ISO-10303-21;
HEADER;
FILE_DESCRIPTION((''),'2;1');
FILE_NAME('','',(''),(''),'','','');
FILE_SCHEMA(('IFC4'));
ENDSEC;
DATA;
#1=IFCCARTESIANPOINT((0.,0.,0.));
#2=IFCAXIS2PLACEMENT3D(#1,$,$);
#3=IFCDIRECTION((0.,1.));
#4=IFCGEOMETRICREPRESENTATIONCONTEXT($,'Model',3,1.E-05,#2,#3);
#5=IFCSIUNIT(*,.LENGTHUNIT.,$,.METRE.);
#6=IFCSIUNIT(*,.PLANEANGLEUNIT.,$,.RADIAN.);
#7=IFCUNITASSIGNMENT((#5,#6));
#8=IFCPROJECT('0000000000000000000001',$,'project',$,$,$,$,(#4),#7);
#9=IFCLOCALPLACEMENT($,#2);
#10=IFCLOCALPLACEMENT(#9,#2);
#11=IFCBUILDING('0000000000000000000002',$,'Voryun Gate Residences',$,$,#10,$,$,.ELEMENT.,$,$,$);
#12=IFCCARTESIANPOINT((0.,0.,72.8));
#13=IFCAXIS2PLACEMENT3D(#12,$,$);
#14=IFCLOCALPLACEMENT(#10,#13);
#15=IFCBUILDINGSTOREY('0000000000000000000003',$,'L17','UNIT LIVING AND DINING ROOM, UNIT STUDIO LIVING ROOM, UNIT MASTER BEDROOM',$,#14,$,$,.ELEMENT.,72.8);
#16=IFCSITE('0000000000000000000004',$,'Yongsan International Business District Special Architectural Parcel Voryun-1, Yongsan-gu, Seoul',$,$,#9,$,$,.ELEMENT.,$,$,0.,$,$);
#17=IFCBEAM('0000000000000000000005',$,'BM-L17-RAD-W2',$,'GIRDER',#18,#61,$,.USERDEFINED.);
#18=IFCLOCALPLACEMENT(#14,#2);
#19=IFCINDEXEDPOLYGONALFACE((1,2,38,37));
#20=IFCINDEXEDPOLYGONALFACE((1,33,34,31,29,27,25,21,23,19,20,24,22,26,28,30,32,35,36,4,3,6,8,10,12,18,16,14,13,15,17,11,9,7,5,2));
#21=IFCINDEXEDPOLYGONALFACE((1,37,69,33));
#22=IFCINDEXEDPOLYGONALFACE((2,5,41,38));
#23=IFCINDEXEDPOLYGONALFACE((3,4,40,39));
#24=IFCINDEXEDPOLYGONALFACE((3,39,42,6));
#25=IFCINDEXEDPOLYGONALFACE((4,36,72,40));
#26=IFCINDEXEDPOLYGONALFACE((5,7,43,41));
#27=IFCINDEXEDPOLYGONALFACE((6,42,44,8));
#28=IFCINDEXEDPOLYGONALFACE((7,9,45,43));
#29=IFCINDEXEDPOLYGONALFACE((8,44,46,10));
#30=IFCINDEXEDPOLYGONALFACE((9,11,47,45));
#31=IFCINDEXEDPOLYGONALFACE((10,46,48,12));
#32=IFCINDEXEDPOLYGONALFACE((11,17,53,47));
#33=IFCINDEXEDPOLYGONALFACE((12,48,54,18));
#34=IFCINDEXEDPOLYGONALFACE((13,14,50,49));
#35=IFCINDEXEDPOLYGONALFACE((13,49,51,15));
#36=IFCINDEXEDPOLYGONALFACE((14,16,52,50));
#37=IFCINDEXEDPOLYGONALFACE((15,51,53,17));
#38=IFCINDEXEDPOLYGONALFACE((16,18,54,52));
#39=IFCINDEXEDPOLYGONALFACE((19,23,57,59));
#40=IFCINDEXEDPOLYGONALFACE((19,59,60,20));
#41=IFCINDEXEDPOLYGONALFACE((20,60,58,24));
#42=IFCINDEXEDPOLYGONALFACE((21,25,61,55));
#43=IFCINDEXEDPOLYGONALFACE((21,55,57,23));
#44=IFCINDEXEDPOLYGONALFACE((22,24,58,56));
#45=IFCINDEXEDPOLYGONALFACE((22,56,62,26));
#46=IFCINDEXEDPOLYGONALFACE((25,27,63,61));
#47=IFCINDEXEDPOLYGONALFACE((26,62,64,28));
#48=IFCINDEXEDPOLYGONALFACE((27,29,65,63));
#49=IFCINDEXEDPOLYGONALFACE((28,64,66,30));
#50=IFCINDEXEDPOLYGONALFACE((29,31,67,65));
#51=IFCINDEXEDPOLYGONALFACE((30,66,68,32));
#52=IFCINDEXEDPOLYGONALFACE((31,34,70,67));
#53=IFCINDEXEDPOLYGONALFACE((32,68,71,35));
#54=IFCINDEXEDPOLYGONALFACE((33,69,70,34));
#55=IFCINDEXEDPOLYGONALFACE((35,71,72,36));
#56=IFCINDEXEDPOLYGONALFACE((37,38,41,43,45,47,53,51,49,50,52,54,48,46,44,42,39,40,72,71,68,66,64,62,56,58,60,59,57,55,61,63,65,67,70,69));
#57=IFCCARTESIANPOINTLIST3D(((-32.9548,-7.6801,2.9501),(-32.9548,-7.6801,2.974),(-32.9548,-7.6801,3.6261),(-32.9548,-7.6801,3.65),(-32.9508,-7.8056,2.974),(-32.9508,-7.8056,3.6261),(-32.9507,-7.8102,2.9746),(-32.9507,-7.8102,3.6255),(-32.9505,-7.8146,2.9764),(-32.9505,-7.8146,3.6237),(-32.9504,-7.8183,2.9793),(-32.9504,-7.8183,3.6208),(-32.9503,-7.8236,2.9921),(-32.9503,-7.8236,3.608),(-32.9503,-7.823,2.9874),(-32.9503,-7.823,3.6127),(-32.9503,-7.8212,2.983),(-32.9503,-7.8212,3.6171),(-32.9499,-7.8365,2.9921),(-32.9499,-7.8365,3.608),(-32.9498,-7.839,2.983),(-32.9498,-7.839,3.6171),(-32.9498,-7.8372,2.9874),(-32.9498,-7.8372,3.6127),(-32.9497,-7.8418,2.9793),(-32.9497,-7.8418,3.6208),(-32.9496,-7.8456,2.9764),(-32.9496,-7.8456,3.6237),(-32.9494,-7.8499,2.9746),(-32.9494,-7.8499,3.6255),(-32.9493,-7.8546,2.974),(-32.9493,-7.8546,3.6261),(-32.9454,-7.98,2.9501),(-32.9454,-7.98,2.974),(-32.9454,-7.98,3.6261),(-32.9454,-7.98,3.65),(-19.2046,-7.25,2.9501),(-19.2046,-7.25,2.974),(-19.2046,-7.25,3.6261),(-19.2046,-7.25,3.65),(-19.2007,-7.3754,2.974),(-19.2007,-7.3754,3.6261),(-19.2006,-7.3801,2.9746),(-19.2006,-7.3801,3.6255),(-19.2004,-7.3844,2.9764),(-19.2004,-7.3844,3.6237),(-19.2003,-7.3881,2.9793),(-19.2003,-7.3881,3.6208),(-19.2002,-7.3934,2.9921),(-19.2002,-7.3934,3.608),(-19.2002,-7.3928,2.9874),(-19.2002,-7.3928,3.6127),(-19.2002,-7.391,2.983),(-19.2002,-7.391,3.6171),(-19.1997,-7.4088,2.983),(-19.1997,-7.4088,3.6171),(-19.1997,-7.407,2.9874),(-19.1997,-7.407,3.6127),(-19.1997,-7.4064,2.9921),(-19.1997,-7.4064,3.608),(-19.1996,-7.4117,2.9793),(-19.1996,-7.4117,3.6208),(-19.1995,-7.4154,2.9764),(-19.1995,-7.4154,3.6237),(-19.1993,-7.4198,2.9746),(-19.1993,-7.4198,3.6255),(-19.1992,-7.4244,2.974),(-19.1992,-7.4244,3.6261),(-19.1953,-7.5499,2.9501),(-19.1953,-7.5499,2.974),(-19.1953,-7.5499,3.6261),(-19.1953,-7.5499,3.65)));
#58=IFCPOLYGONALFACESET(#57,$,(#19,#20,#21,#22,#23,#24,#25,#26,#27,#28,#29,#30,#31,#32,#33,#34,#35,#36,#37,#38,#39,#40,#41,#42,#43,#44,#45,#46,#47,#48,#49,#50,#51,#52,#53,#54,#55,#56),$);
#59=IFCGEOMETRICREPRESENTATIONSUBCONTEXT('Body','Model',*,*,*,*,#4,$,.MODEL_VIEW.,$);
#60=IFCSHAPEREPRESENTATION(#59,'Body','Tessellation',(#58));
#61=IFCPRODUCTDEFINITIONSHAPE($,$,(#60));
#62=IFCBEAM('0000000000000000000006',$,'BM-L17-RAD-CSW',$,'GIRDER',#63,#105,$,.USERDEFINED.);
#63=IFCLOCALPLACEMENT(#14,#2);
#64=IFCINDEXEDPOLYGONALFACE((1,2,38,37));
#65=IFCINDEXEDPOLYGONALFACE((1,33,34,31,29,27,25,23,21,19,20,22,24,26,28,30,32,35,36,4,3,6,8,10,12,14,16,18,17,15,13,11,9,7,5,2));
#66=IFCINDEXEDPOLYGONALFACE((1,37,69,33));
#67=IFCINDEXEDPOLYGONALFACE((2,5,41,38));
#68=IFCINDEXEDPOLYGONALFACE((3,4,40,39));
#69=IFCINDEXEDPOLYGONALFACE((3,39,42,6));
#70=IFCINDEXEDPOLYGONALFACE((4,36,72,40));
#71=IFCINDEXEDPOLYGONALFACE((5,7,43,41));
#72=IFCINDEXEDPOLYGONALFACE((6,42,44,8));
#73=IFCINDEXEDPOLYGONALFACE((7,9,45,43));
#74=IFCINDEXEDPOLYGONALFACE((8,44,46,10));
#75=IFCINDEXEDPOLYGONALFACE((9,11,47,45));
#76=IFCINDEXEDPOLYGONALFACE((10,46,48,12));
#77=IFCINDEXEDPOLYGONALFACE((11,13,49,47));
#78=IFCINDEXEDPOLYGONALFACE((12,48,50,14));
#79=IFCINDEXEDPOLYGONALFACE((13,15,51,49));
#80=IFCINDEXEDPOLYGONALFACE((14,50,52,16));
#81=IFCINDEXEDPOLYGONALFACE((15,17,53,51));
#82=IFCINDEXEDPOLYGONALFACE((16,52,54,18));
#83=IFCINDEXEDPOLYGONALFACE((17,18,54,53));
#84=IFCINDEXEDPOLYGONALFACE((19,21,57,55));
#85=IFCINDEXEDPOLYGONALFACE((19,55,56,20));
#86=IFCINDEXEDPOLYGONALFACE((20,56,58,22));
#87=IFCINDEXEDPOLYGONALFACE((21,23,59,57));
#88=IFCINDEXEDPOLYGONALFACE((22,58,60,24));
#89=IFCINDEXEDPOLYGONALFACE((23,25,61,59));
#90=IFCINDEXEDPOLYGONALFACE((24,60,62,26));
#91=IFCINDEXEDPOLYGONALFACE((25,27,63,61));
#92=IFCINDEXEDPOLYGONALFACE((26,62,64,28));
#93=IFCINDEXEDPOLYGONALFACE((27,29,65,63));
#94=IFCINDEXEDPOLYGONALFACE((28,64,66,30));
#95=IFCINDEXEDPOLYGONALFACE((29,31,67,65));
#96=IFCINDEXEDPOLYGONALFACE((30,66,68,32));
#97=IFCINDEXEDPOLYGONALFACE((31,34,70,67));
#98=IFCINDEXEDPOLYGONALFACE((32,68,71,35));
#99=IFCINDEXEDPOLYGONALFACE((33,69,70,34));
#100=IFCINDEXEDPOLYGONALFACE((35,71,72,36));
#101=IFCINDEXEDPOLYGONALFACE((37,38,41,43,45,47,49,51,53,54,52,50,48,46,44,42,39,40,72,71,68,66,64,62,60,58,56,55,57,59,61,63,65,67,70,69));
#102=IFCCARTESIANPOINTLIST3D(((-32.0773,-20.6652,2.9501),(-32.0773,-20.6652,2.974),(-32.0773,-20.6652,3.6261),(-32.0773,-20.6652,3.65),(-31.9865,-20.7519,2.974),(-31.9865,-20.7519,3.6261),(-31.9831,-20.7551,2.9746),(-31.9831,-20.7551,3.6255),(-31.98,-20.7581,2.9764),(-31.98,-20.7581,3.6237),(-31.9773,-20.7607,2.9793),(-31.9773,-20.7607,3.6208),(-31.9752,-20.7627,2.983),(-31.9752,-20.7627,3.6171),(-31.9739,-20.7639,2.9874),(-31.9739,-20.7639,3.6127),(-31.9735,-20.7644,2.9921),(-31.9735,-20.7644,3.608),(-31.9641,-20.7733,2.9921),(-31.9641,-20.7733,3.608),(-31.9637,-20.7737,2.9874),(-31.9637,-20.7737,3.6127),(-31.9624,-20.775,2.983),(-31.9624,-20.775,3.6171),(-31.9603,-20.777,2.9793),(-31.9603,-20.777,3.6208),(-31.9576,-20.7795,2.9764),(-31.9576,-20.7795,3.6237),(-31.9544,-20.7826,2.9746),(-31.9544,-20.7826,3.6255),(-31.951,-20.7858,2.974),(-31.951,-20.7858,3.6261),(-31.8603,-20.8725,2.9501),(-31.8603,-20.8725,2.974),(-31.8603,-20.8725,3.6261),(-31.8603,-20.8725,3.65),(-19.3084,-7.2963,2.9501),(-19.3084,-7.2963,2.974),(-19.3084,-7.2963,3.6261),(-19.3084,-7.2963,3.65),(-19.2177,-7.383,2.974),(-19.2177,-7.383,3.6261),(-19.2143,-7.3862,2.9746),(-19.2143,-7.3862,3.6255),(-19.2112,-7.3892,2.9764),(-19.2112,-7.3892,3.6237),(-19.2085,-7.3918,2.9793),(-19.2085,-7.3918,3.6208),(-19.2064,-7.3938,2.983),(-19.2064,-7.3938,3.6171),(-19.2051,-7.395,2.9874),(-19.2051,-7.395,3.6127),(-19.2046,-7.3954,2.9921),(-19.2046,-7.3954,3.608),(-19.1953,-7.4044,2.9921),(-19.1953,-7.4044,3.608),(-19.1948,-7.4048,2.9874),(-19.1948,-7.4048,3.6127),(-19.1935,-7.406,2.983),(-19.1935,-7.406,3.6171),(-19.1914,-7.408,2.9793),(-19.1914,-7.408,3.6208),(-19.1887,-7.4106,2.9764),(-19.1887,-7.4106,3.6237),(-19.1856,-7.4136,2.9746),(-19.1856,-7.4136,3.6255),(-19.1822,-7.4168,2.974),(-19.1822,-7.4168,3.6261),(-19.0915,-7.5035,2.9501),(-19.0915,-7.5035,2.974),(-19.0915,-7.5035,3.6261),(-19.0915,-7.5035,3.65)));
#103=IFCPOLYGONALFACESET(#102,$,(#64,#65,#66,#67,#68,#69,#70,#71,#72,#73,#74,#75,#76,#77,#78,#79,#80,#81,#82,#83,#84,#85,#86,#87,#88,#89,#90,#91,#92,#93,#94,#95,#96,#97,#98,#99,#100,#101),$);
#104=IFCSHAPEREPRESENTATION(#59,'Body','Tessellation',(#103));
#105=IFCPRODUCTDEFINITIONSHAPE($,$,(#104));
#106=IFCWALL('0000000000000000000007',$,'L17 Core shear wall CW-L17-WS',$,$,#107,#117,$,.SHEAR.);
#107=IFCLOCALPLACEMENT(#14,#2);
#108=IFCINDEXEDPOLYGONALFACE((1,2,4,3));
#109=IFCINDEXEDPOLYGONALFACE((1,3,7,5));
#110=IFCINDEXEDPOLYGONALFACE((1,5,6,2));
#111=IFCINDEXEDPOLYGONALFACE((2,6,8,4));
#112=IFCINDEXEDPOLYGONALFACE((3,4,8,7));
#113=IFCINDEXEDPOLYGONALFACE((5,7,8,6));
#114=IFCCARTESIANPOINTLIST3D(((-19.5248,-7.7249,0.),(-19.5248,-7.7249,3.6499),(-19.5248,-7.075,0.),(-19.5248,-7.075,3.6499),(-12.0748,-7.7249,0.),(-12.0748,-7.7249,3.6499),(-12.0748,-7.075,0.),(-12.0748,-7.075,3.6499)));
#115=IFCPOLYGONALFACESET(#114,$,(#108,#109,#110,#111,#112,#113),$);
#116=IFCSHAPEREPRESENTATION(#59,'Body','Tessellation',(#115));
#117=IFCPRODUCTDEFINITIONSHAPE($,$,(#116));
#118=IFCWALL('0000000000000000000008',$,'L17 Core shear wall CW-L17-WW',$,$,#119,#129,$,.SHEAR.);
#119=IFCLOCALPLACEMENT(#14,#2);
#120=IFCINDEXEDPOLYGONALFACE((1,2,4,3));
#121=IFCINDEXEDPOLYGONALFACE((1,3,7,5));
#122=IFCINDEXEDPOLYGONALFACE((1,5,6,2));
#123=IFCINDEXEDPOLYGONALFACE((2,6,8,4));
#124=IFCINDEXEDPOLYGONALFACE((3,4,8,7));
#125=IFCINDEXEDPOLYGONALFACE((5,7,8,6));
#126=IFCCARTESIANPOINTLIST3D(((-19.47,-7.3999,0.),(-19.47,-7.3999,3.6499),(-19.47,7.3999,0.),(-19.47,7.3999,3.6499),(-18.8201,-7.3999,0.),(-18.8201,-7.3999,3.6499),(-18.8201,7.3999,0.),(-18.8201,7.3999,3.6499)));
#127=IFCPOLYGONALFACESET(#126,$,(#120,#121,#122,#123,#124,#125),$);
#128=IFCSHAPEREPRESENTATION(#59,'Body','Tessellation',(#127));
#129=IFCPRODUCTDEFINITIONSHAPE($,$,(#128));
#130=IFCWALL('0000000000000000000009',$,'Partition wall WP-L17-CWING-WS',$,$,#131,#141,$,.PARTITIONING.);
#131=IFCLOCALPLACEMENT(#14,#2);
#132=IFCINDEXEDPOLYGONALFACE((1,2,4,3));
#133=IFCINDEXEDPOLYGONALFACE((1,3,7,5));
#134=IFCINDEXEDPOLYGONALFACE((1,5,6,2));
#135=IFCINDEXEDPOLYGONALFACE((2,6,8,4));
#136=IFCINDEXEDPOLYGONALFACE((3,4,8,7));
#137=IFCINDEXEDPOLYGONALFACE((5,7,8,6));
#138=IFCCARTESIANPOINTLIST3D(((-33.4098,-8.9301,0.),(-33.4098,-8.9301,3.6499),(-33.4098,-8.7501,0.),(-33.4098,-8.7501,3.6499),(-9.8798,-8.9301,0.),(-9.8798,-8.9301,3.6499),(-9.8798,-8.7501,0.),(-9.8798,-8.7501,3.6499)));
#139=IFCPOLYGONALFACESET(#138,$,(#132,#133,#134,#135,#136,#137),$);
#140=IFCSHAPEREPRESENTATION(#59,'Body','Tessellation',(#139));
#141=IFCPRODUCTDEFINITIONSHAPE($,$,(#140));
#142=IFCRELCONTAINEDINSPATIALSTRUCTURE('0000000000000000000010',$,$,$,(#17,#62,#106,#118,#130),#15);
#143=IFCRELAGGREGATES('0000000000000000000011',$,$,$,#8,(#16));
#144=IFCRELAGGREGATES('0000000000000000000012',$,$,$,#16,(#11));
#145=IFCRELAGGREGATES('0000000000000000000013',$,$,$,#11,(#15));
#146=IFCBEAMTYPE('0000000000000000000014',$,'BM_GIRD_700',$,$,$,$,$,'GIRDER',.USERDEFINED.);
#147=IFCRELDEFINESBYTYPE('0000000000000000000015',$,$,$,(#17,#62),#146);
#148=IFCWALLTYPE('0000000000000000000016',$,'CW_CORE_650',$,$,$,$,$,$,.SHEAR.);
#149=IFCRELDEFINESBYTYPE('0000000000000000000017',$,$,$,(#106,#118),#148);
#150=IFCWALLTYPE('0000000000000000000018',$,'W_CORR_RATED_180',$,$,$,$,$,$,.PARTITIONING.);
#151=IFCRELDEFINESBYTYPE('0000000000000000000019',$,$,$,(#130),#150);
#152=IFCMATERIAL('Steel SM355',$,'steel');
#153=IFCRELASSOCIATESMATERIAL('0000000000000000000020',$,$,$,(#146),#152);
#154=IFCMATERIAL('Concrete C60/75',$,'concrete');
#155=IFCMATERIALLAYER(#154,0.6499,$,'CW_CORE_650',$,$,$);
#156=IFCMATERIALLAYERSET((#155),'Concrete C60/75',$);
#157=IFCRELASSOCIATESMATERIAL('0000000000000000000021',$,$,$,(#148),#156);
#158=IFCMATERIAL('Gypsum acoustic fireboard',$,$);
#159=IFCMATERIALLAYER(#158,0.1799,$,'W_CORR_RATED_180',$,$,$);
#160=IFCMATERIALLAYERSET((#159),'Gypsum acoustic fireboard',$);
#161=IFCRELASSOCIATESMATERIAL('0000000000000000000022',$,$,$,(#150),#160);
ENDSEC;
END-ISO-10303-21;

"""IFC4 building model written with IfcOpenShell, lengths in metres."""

from ifc_helpers import new_model, si_unit, direction, frame, frame_2d, origin, origin_2d, place, context, subcontext, project, spatial, rectangle, i_section, extrude, material, layer, layer_set, material_profile, profile_set, type_object, element, save


model = new_model("IFC4")

# Units and contexts
model_context = context("Model", 3, precision=1e-05, world=origin(), true_north=direction((0.0, 1.0)))
body_context = subcontext(model_context, "Body", "Model", "MODEL_VIEW")
ifc_project = project(units=[si_unit("LENGTHUNIT", "METRE"), si_unit("PLANEANGLEUNIT", "RADIAN")], contexts=[model_context])

# Site, building, storey
site_placement = place(None, origin())
site = spatial("IfcSite", under=ifc_project, at=site_placement, Name="Yongsan International Business District Special Architectural Parcel Voryun-1, Yongsan-gu, Seoul", CompositionType="ELEMENT", RefElevation=0.0)
building_placement = place(site_placement, origin())
building = spatial("IfcBuilding", under=site, at=building_placement, Name="Voryun Gate Residences", CompositionType="ELEMENT")
storey_placement = place(building_placement, frame((0.0, 0.0, 72.8)))
storey = spatial("IfcBuildingStorey", under=building, at=storey_placement, Name="L17", Description="UNIT LIVING AND DINING ROOM, UNIT STUDIO LIVING ROOM, UNIT MASTER BEDROOM", CompositionType="ELEMENT", Elevation=72.8)

# Beams
ifc_material_1 = material(Name="Steel SM355", Category="steel")
ifc_material_profile_1 = material_profile(ifc_material_1, i_section(OverallWidth=0.3, OverallDepth=0.7, WebThickness=0.0129, FlangeThickness=0.0239, FilletRadius=0.0181, at=origin_2d()), Name="H-700x300x13x24")
ifc_profile_set_1 = profile_set([ifc_material_profile_1], Name="Steel SM355")
beam_type_1 = type_object("IfcBeamType", Name="BM_GIRD_700", ElementType="GIRDER", PredefinedType="USERDEFINED", material=ifc_profile_set_1)
beam_1_placement = place(storey_placement, frame((-19.2, -7.3999, 3.3), z_axis=(-0.999511, -0.03127, 0.0), x_axis=(0.03127, -0.999511, 0.0)))
element("IfcBeam", 1, at=beam_1_placement, inside=storey, type_object=beam_type_1, Name="BM-L17-RAD-W2", ObjectType="GIRDER", PredefinedType="USERDEFINED", context=body_context, shape_type="SweptSolid", body=[
    extrude(i_section(OverallWidth=0.3, OverallDepth=0.7, WebThickness=0.0129, FlangeThickness=0.0239, FilletRadius=0.0181, at=origin_2d()), origin(), (0.0, 0.0, 1.0), 13.7568),
])
beam_2_placement = place(storey_placement, frame((-19.2, -7.3999, 3.3), z_axis=(-0.69069, -0.723151, 0.0), x_axis=(0.723151, -0.69069, 0.0)))
element("IfcBeam", 2, at=beam_2_placement, inside=storey, type_object=beam_type_1, Name="BM-L17-RAD-CSW", ObjectType="GIRDER", PredefinedType="USERDEFINED", context=body_context, shape_type="SweptSolid", body=[
    extrude(i_section(OverallWidth=0.3, OverallDepth=0.7, WebThickness=0.0129, FlangeThickness=0.0239, FilletRadius=0.0181, at=origin_2d()), origin(), (0.0, 0.0, 1.0), 18.4871),
])

# Walls
ifc_material_2 = material(Name="Concrete C60/75", Category="concrete")
ifc_layer_1 = layer(ifc_material_2, 0.6499, Name="CW_CORE_650")
ifc_layer_set_1 = layer_set([ifc_layer_1], Name="Concrete C60/75")
wall_type_1 = type_object("IfcWallType", Name="CW_CORE_650", PredefinedType="SHEAR", material=ifc_layer_set_1)
wall_1_placement = place(storey_placement, frame((-19.5249, -7.3999, 0.0), z_axis=(0.0, 0.0, 1.0), x_axis=(1.0, 0.0, 0.0)))
element("IfcWall", 3, at=wall_1_placement, inside=storey, type_object=wall_type_1, Name="L17 Core shear wall CW-L17-WS", PredefinedType="SHEAR", context=body_context, shape_type="SweptSolid", body=[
    extrude(rectangle(XDim=7.45, YDim=0.6499, at=frame_2d((3.7251, 0.0))), origin(), (0.0, 0.0, 1.0), 3.6499),
])
wall_2_placement = place(storey_placement, frame((-19.145, -7.3999, 0.0), z_axis=(0.0, 0.0, 1.0), x_axis=(0.0, 1.0, 0.0)))
element("IfcWall", 4, at=wall_2_placement, inside=storey, type_object=wall_type_1, Name="L17 Core shear wall CW-L17-WW", PredefinedType="SHEAR", context=body_context, shape_type="SweptSolid", body=[
    extrude(rectangle(XDim=14.7998, YDim=0.6499, at=frame_2d((7.3999, 0.0))), origin(), (0.0, 0.0, 1.0), 3.6499),
])
ifc_material_3 = material(Name="Gypsum acoustic fireboard")
ifc_layer_2 = layer(ifc_material_3, 0.1799, Name="W_CORR_RATED_180")
ifc_layer_set_2 = layer_set([ifc_layer_2], Name="Gypsum acoustic fireboard")
wall_type_2 = type_object("IfcWallType", Name="W_CORR_RATED_180", PredefinedType="PARTITIONING", material=ifc_layer_set_2)
wall_3_placement = place(storey_placement, frame((-33.4099, -8.8401, 0.0), z_axis=(0.0, 0.0, 1.0), x_axis=(1.0, 0.0, 0.0)))
element("IfcWall", 5, at=wall_3_placement, inside=storey, type_object=wall_type_2, Name="Partition wall WP-L17-CWING-WS", PredefinedType="PARTITIONING", context=body_context, shape_type="SweptSolid", body=[
    extrude(rectangle(XDim=23.53, YDim=0.1799, at=frame_2d((11.7651, 0.0))), origin(), (0.0, 0.0, 1.0), 3.6499),
])

save(model, "model.ifc")
